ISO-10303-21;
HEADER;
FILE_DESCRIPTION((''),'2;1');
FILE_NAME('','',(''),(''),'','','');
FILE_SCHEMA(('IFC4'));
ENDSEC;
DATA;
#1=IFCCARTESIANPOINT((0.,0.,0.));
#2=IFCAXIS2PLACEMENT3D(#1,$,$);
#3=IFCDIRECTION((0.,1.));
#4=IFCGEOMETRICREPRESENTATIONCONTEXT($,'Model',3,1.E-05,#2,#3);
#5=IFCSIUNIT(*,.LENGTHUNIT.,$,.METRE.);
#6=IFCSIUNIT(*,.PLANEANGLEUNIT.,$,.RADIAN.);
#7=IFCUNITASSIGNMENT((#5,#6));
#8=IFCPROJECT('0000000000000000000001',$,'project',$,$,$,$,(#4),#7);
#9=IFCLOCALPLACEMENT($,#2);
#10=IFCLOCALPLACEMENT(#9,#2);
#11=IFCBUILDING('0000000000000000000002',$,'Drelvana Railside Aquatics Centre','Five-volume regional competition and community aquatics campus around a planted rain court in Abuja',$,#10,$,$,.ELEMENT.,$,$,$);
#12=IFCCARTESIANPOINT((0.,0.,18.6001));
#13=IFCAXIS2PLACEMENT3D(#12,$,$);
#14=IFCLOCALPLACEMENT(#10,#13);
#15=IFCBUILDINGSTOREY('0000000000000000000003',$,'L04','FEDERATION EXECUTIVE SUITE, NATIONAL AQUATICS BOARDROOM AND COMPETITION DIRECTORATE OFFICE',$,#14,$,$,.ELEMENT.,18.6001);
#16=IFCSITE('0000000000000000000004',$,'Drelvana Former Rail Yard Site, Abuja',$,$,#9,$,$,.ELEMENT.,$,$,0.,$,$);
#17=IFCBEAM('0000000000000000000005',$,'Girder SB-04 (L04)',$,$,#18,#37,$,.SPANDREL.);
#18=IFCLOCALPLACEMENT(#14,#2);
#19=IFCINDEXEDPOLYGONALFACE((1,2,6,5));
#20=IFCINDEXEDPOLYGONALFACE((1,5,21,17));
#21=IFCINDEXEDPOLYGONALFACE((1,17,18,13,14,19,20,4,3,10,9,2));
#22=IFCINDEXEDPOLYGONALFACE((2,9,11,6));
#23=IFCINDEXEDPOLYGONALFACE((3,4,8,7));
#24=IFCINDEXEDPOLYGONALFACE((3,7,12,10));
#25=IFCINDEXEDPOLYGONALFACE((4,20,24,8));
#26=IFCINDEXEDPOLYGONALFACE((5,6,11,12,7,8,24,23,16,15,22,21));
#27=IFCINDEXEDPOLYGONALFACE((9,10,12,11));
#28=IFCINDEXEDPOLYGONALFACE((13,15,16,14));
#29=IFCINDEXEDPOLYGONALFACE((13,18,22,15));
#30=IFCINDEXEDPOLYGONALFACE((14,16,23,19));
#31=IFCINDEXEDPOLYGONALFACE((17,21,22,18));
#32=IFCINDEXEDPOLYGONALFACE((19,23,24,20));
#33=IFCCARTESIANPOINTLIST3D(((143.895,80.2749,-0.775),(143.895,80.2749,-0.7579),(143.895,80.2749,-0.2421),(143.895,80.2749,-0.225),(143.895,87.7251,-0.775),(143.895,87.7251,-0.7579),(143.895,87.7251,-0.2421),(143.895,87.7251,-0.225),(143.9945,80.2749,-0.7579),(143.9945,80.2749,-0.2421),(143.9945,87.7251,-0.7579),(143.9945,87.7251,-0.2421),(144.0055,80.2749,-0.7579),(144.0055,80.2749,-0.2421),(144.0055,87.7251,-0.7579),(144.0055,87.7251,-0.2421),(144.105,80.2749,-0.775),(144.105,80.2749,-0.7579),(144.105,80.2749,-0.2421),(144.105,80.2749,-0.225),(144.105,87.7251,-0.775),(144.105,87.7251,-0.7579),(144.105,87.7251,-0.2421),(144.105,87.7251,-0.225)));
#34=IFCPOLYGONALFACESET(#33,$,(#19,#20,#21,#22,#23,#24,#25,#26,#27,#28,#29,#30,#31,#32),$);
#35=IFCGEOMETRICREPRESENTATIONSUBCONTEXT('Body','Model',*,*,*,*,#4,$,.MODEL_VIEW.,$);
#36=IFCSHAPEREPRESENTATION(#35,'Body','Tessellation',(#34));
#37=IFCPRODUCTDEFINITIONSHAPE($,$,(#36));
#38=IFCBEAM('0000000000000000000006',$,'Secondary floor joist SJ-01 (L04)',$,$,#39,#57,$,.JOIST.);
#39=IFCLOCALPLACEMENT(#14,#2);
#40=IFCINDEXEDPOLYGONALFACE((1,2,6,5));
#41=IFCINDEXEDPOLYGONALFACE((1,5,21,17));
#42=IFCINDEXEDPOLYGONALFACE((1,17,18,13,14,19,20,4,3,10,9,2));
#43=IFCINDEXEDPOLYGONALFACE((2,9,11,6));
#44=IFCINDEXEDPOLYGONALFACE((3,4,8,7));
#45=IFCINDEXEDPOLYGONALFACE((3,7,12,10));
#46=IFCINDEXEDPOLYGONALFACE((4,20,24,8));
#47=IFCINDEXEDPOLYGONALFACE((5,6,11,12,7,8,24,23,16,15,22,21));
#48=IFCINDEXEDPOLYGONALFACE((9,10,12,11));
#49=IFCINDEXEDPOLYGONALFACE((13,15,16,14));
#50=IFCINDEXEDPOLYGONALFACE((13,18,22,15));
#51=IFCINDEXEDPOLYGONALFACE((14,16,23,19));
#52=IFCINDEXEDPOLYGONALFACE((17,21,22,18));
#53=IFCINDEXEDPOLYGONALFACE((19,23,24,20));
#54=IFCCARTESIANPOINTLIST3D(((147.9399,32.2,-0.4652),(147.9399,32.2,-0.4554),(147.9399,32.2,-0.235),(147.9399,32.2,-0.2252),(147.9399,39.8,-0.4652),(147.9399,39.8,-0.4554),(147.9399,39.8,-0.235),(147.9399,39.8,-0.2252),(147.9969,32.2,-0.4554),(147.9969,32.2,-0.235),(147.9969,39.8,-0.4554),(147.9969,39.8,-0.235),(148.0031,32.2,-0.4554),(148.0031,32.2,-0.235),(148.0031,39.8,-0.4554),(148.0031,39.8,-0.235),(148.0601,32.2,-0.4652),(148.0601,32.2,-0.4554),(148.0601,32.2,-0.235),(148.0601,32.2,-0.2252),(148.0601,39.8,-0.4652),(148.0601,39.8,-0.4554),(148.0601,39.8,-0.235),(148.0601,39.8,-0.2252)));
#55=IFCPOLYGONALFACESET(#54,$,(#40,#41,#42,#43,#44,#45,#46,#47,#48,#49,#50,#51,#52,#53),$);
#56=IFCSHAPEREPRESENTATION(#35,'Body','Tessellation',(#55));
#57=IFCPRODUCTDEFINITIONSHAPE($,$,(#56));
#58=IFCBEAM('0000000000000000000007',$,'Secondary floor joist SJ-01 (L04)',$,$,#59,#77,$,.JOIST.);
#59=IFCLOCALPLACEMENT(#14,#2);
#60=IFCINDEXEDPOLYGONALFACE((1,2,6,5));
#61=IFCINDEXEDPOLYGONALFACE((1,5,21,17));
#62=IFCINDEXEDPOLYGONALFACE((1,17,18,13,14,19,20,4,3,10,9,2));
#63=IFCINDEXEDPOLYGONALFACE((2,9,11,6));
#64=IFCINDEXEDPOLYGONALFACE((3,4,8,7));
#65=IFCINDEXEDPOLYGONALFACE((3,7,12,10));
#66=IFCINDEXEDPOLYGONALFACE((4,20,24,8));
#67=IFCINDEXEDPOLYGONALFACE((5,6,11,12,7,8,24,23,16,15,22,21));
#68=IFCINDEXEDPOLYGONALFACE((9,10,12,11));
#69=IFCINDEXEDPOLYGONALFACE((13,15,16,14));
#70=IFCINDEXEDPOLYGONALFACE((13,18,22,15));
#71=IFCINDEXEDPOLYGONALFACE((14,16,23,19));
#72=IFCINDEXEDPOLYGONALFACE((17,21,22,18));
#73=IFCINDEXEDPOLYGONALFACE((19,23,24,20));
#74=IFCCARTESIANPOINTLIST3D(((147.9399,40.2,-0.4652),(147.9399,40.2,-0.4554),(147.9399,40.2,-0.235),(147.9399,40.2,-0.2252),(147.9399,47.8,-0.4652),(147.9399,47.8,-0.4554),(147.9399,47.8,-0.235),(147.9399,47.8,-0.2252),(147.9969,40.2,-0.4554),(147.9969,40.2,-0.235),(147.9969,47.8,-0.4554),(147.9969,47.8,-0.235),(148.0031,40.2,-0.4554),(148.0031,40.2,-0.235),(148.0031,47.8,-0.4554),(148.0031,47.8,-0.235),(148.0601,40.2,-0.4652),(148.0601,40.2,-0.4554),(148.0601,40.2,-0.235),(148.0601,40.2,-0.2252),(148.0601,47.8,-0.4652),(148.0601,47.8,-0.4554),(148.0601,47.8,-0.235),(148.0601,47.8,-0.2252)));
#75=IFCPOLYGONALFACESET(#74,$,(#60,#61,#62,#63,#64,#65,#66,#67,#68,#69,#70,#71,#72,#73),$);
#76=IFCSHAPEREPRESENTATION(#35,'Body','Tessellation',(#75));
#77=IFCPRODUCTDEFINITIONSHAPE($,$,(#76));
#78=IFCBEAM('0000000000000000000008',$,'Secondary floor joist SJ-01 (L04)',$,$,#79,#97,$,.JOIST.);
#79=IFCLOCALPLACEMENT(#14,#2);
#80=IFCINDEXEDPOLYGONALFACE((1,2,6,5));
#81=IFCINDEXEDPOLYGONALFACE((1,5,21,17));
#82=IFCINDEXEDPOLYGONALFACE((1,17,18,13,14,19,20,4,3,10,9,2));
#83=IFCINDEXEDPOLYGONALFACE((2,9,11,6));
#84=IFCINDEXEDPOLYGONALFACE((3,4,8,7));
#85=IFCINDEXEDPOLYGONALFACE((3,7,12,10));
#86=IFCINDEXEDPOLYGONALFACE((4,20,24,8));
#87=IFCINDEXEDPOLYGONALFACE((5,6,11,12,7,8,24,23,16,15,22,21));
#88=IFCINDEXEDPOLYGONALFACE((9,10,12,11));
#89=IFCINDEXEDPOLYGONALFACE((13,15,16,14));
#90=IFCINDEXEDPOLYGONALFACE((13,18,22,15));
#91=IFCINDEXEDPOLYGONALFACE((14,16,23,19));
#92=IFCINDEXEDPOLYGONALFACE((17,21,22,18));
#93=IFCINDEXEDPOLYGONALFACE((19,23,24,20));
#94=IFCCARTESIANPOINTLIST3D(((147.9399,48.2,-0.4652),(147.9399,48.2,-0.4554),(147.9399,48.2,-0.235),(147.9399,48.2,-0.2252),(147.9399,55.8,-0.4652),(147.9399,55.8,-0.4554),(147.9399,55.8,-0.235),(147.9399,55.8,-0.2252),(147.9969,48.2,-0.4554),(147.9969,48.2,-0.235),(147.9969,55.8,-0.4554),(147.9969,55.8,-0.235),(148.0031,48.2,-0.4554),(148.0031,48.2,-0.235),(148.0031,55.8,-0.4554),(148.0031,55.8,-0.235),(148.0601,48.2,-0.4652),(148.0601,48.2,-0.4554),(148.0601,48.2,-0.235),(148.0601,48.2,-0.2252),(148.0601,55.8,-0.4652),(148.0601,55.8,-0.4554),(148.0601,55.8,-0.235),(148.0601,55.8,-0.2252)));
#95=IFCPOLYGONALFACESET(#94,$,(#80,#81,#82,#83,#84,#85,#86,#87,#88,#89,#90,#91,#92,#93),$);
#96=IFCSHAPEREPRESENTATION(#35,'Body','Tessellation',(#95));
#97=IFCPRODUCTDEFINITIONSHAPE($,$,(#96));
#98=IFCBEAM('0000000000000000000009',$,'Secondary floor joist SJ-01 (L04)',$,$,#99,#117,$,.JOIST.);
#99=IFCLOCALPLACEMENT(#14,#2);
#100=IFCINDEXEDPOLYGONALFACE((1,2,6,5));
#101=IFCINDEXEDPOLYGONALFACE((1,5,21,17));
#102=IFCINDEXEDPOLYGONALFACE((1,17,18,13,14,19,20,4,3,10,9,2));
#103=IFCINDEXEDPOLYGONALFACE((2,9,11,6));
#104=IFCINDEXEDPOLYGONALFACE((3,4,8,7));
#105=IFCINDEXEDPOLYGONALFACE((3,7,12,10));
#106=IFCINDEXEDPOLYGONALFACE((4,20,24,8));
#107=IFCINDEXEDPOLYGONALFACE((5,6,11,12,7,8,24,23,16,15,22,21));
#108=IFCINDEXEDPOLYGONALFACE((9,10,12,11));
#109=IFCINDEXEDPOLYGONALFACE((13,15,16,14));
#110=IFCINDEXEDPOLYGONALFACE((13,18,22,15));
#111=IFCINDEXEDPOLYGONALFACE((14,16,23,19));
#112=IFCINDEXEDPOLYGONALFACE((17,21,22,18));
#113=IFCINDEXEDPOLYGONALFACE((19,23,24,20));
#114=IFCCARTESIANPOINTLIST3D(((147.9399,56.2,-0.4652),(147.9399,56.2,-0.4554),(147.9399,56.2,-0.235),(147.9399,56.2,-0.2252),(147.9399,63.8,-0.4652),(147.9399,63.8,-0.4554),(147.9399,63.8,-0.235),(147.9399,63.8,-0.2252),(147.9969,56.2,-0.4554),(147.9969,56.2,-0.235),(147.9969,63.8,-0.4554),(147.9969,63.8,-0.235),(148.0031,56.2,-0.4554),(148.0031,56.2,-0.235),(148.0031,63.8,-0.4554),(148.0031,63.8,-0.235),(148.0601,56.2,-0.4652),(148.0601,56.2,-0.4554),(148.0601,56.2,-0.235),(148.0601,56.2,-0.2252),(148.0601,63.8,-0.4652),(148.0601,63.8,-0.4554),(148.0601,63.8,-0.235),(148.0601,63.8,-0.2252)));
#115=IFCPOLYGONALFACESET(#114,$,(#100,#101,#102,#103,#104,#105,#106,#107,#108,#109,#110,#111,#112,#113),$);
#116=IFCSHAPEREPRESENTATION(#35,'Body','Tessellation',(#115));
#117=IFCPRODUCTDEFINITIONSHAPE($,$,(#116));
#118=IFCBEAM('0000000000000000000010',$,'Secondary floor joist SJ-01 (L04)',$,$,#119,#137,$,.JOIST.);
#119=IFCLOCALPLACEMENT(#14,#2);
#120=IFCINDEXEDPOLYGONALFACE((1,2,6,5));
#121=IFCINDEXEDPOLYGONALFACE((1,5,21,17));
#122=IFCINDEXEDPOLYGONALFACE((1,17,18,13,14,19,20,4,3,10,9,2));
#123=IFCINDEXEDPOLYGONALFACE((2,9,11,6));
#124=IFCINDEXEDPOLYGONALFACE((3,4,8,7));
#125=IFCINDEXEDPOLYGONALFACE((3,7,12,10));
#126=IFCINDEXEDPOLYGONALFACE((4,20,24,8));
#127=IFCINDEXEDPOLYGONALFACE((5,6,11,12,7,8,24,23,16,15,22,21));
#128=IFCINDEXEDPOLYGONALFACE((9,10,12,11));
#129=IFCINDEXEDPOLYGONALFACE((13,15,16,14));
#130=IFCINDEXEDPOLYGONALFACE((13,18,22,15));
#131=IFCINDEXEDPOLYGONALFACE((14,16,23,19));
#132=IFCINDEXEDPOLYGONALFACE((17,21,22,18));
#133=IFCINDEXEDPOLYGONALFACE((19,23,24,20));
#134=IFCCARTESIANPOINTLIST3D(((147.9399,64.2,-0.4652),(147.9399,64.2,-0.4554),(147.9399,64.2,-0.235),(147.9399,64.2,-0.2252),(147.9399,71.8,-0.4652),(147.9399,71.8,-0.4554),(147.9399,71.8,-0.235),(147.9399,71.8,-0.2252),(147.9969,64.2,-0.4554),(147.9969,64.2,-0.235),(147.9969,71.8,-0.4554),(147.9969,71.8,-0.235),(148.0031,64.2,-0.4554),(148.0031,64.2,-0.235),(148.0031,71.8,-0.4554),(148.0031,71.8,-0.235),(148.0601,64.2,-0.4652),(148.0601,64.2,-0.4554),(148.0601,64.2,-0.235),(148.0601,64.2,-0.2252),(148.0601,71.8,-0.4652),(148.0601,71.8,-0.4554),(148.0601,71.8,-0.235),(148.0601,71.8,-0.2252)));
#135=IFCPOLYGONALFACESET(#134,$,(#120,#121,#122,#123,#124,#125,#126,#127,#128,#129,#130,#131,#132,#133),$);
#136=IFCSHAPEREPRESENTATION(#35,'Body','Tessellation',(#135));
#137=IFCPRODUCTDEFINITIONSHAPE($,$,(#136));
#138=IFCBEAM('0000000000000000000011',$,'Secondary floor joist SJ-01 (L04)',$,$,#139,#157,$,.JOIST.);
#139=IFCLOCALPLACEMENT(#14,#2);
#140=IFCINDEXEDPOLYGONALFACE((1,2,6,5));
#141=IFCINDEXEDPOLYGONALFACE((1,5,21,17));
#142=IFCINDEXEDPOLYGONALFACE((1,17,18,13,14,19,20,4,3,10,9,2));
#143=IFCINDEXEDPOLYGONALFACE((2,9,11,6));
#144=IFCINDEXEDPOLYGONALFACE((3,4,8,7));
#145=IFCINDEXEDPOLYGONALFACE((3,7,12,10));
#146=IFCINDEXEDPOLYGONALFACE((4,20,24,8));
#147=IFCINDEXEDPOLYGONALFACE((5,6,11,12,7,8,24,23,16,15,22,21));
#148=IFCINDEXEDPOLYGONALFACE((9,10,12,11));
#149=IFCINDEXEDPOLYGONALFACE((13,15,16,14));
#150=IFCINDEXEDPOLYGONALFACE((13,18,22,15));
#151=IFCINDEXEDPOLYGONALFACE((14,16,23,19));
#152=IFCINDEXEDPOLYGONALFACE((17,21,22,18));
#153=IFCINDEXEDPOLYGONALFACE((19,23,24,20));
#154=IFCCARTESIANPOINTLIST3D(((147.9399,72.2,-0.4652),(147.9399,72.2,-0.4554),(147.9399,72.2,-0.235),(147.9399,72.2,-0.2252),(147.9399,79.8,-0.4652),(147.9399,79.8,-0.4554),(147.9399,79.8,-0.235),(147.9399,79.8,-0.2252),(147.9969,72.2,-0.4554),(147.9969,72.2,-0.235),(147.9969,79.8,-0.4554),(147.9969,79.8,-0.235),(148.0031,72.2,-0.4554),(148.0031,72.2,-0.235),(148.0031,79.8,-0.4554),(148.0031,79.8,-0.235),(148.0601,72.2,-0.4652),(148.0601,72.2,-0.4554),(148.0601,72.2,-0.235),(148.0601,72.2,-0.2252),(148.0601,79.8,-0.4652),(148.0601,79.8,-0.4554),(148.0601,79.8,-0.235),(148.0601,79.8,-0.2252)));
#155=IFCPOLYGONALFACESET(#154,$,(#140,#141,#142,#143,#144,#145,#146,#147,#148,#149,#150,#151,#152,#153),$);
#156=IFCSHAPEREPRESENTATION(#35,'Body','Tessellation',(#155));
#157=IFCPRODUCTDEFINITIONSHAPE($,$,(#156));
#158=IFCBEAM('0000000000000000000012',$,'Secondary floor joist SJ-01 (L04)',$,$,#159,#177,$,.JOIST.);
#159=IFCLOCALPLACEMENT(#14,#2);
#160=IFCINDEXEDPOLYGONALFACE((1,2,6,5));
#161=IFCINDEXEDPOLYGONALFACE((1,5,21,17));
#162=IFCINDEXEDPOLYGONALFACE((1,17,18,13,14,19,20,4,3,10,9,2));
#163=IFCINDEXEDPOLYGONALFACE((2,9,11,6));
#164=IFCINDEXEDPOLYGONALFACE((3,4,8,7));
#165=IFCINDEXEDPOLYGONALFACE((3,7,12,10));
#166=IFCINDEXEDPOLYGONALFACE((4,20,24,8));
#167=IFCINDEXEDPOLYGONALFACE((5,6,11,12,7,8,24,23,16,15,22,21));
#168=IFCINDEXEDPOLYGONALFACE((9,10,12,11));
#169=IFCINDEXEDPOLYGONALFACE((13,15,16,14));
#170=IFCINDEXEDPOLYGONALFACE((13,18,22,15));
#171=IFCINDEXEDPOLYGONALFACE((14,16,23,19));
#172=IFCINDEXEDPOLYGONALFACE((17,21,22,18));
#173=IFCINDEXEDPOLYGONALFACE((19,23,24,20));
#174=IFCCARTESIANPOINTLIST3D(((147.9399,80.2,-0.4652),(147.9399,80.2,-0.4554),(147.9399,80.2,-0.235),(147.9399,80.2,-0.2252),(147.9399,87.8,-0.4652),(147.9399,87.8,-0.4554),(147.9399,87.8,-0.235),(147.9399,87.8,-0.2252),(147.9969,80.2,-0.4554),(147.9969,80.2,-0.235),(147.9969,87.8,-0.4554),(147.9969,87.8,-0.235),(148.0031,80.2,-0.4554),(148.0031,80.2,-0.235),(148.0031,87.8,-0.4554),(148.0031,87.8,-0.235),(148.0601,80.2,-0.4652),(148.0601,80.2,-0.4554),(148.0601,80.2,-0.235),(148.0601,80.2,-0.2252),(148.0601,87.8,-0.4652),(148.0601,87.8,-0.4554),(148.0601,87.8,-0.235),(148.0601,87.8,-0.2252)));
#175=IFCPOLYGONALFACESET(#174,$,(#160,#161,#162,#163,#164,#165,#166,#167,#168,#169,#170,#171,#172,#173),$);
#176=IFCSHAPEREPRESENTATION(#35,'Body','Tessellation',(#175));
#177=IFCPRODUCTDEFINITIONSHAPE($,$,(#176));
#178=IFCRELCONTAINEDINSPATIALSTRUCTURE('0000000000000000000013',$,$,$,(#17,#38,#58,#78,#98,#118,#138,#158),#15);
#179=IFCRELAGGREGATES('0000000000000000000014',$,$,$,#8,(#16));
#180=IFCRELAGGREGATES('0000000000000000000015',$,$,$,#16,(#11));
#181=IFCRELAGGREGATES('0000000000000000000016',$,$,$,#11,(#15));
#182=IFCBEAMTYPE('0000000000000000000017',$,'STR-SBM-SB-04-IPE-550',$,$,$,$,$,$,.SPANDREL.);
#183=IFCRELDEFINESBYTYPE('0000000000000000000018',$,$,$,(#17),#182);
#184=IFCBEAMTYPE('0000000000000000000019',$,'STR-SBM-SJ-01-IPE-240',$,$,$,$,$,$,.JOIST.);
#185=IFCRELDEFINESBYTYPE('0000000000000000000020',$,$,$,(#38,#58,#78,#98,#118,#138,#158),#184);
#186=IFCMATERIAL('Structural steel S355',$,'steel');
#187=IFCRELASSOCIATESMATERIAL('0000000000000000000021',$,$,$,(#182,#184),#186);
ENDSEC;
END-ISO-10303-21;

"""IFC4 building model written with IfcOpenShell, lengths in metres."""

from ifc_helpers import new_model, si_unit, direction, frame, origin, origin_2d, place, context, subcontext, project, spatial, i_section, extrude, material, material_profile, profile_set, type_object, element, save


model = new_model("IFC4")

# Units and contexts
model_context = context("Model", 3, precision=1e-05, world=origin(), true_north=direction((0.0, 1.0)))
body_context = subcontext(model_context, "Body", "Model", "MODEL_VIEW")
ifc_project = project(units=[si_unit("LENGTHUNIT", "METRE"), si_unit("PLANEANGLEUNIT", "RADIAN")], contexts=[model_context])

# Site, building, storey
site_placement = place(None, origin())
site = spatial("IfcSite", under=ifc_project, at=site_placement, Name="Drelvana Former Rail Yard Site, Abuja", CompositionType="ELEMENT", RefElevation=0.0)
building_placement = place(site_placement, origin())
building = spatial("IfcBuilding", under=site, at=building_placement, Name="Drelvana Railside Aquatics Centre", Description="Five-volume regional competition and community aquatics campus around a planted rain court in Abuja", CompositionType="ELEMENT")
storey_placement = place(building_placement, frame((0.0, 0.0, 18.6001)))
storey = spatial("IfcBuildingStorey", under=building, at=storey_placement, Name="L04", Description="FEDERATION EXECUTIVE SUITE, NATIONAL AQUATICS BOARDROOM AND COMPETITION DIRECTORATE OFFICE", CompositionType="ELEMENT", Elevation=18.6001)

# Beams
ifc_material_1 = material(Name="Structural steel S355", Category="steel")
ifc_material_profile_1 = material_profile(ifc_material_1, i_section(OverallWidth=0.21, OverallDepth=0.55, WebThickness=0.011, FlangeThickness=0.0171, at=origin_2d()), Name="IPE 550")
ifc_profile_set_1 = profile_set([ifc_material_profile_1], Name="Structural steel S355")
beam_type_1 = type_object("IfcBeamType", Name="STR-SBM-SB-04-IPE-550", PredefinedType="SPANDREL", material=ifc_profile_set_1)
for number, where, z_axis, x_axis, name in (
    (1, (144.0, 80.2749, -0.5), (0.0, 1.0, 0.0), (-1.0, 0.0, 0.0), "Girder SB-04 (L04)"),
):
    element("IfcBeam", number, at=place(storey_placement, frame(where, z_axis=z_axis, x_axis=x_axis)), inside=storey, type_object=beam_type_1, Name=name, PredefinedType="SPANDREL", context=body_context, shape_type="SweptSolid", body=[
        extrude(i_section(OverallWidth=0.21, OverallDepth=0.55, WebThickness=0.011, FlangeThickness=0.0171, at=origin_2d()), origin(), (0.0, 0.0, 1.0), 7.4502),
    ])
ifc_material_profile_2 = material_profile(ifc_material_1, i_section(OverallWidth=0.1201, OverallDepth=0.24, WebThickness=0.0061, FlangeThickness=0.0098, at=origin_2d()), Name="IPE 240")
ifc_profile_set_2 = profile_set([ifc_material_profile_2], Name="Structural steel S355")
beam_type_2 = type_object("IfcBeamType", Name="STR-SBM-SJ-01-IPE-240", PredefinedType="JOIST", material=ifc_profile_set_2)
for number, where, z_axis, x_axis, name in (
    (2, (148.0, 32.2, -0.3452), (0.0, 1.0, 0.0), (-1.0, 0.0, 0.0), "Secondary floor joist SJ-01 (L04)"),
    (3, (148.0, 40.2, -0.3452), (0.0, 1.0, 0.0), (-1.0, 0.0, 0.0), "Secondary floor joist SJ-01 (L04)"),
    (4, (148.0, 48.2, -0.3452), (0.0, 1.0, 0.0), (-1.0, 0.0, 0.0), "Secondary floor joist SJ-01 (L04)"),
    (5, (148.0, 56.2, -0.3452), (0.0, 1.0, 0.0), (-1.0, 0.0, 0.0), "Secondary floor joist SJ-01 (L04)"),
    (6, (148.0, 64.2, -0.3452), (0.0, 1.0, 0.0), (-1.0, 0.0, 0.0), "Secondary floor joist SJ-01 (L04)"),
    (7, (148.0, 72.2, -0.3452), (0.0, 1.0, 0.0), (-1.0, 0.0, 0.0), "Secondary floor joist SJ-01 (L04)"),
    (8, (148.0, 80.2, -0.3452), (0.0, 1.0, 0.0), (-1.0, 0.0, 0.0), "Secondary floor joist SJ-01 (L04)"),
):
    element("IfcBeam", number, at=place(storey_placement, frame(where, z_axis=z_axis, x_axis=x_axis)), inside=storey, type_object=beam_type_2, Name=name, PredefinedType="JOIST", context=body_context, shape_type="SweptSolid", body=[
        extrude(i_section(OverallWidth=0.1201, OverallDepth=0.24, WebThickness=0.0061, FlangeThickness=0.0098, at=origin_2d()), origin(), (0.0, 0.0, 1.0), 7.6001),
    ])

save(model, "model.ifc")
